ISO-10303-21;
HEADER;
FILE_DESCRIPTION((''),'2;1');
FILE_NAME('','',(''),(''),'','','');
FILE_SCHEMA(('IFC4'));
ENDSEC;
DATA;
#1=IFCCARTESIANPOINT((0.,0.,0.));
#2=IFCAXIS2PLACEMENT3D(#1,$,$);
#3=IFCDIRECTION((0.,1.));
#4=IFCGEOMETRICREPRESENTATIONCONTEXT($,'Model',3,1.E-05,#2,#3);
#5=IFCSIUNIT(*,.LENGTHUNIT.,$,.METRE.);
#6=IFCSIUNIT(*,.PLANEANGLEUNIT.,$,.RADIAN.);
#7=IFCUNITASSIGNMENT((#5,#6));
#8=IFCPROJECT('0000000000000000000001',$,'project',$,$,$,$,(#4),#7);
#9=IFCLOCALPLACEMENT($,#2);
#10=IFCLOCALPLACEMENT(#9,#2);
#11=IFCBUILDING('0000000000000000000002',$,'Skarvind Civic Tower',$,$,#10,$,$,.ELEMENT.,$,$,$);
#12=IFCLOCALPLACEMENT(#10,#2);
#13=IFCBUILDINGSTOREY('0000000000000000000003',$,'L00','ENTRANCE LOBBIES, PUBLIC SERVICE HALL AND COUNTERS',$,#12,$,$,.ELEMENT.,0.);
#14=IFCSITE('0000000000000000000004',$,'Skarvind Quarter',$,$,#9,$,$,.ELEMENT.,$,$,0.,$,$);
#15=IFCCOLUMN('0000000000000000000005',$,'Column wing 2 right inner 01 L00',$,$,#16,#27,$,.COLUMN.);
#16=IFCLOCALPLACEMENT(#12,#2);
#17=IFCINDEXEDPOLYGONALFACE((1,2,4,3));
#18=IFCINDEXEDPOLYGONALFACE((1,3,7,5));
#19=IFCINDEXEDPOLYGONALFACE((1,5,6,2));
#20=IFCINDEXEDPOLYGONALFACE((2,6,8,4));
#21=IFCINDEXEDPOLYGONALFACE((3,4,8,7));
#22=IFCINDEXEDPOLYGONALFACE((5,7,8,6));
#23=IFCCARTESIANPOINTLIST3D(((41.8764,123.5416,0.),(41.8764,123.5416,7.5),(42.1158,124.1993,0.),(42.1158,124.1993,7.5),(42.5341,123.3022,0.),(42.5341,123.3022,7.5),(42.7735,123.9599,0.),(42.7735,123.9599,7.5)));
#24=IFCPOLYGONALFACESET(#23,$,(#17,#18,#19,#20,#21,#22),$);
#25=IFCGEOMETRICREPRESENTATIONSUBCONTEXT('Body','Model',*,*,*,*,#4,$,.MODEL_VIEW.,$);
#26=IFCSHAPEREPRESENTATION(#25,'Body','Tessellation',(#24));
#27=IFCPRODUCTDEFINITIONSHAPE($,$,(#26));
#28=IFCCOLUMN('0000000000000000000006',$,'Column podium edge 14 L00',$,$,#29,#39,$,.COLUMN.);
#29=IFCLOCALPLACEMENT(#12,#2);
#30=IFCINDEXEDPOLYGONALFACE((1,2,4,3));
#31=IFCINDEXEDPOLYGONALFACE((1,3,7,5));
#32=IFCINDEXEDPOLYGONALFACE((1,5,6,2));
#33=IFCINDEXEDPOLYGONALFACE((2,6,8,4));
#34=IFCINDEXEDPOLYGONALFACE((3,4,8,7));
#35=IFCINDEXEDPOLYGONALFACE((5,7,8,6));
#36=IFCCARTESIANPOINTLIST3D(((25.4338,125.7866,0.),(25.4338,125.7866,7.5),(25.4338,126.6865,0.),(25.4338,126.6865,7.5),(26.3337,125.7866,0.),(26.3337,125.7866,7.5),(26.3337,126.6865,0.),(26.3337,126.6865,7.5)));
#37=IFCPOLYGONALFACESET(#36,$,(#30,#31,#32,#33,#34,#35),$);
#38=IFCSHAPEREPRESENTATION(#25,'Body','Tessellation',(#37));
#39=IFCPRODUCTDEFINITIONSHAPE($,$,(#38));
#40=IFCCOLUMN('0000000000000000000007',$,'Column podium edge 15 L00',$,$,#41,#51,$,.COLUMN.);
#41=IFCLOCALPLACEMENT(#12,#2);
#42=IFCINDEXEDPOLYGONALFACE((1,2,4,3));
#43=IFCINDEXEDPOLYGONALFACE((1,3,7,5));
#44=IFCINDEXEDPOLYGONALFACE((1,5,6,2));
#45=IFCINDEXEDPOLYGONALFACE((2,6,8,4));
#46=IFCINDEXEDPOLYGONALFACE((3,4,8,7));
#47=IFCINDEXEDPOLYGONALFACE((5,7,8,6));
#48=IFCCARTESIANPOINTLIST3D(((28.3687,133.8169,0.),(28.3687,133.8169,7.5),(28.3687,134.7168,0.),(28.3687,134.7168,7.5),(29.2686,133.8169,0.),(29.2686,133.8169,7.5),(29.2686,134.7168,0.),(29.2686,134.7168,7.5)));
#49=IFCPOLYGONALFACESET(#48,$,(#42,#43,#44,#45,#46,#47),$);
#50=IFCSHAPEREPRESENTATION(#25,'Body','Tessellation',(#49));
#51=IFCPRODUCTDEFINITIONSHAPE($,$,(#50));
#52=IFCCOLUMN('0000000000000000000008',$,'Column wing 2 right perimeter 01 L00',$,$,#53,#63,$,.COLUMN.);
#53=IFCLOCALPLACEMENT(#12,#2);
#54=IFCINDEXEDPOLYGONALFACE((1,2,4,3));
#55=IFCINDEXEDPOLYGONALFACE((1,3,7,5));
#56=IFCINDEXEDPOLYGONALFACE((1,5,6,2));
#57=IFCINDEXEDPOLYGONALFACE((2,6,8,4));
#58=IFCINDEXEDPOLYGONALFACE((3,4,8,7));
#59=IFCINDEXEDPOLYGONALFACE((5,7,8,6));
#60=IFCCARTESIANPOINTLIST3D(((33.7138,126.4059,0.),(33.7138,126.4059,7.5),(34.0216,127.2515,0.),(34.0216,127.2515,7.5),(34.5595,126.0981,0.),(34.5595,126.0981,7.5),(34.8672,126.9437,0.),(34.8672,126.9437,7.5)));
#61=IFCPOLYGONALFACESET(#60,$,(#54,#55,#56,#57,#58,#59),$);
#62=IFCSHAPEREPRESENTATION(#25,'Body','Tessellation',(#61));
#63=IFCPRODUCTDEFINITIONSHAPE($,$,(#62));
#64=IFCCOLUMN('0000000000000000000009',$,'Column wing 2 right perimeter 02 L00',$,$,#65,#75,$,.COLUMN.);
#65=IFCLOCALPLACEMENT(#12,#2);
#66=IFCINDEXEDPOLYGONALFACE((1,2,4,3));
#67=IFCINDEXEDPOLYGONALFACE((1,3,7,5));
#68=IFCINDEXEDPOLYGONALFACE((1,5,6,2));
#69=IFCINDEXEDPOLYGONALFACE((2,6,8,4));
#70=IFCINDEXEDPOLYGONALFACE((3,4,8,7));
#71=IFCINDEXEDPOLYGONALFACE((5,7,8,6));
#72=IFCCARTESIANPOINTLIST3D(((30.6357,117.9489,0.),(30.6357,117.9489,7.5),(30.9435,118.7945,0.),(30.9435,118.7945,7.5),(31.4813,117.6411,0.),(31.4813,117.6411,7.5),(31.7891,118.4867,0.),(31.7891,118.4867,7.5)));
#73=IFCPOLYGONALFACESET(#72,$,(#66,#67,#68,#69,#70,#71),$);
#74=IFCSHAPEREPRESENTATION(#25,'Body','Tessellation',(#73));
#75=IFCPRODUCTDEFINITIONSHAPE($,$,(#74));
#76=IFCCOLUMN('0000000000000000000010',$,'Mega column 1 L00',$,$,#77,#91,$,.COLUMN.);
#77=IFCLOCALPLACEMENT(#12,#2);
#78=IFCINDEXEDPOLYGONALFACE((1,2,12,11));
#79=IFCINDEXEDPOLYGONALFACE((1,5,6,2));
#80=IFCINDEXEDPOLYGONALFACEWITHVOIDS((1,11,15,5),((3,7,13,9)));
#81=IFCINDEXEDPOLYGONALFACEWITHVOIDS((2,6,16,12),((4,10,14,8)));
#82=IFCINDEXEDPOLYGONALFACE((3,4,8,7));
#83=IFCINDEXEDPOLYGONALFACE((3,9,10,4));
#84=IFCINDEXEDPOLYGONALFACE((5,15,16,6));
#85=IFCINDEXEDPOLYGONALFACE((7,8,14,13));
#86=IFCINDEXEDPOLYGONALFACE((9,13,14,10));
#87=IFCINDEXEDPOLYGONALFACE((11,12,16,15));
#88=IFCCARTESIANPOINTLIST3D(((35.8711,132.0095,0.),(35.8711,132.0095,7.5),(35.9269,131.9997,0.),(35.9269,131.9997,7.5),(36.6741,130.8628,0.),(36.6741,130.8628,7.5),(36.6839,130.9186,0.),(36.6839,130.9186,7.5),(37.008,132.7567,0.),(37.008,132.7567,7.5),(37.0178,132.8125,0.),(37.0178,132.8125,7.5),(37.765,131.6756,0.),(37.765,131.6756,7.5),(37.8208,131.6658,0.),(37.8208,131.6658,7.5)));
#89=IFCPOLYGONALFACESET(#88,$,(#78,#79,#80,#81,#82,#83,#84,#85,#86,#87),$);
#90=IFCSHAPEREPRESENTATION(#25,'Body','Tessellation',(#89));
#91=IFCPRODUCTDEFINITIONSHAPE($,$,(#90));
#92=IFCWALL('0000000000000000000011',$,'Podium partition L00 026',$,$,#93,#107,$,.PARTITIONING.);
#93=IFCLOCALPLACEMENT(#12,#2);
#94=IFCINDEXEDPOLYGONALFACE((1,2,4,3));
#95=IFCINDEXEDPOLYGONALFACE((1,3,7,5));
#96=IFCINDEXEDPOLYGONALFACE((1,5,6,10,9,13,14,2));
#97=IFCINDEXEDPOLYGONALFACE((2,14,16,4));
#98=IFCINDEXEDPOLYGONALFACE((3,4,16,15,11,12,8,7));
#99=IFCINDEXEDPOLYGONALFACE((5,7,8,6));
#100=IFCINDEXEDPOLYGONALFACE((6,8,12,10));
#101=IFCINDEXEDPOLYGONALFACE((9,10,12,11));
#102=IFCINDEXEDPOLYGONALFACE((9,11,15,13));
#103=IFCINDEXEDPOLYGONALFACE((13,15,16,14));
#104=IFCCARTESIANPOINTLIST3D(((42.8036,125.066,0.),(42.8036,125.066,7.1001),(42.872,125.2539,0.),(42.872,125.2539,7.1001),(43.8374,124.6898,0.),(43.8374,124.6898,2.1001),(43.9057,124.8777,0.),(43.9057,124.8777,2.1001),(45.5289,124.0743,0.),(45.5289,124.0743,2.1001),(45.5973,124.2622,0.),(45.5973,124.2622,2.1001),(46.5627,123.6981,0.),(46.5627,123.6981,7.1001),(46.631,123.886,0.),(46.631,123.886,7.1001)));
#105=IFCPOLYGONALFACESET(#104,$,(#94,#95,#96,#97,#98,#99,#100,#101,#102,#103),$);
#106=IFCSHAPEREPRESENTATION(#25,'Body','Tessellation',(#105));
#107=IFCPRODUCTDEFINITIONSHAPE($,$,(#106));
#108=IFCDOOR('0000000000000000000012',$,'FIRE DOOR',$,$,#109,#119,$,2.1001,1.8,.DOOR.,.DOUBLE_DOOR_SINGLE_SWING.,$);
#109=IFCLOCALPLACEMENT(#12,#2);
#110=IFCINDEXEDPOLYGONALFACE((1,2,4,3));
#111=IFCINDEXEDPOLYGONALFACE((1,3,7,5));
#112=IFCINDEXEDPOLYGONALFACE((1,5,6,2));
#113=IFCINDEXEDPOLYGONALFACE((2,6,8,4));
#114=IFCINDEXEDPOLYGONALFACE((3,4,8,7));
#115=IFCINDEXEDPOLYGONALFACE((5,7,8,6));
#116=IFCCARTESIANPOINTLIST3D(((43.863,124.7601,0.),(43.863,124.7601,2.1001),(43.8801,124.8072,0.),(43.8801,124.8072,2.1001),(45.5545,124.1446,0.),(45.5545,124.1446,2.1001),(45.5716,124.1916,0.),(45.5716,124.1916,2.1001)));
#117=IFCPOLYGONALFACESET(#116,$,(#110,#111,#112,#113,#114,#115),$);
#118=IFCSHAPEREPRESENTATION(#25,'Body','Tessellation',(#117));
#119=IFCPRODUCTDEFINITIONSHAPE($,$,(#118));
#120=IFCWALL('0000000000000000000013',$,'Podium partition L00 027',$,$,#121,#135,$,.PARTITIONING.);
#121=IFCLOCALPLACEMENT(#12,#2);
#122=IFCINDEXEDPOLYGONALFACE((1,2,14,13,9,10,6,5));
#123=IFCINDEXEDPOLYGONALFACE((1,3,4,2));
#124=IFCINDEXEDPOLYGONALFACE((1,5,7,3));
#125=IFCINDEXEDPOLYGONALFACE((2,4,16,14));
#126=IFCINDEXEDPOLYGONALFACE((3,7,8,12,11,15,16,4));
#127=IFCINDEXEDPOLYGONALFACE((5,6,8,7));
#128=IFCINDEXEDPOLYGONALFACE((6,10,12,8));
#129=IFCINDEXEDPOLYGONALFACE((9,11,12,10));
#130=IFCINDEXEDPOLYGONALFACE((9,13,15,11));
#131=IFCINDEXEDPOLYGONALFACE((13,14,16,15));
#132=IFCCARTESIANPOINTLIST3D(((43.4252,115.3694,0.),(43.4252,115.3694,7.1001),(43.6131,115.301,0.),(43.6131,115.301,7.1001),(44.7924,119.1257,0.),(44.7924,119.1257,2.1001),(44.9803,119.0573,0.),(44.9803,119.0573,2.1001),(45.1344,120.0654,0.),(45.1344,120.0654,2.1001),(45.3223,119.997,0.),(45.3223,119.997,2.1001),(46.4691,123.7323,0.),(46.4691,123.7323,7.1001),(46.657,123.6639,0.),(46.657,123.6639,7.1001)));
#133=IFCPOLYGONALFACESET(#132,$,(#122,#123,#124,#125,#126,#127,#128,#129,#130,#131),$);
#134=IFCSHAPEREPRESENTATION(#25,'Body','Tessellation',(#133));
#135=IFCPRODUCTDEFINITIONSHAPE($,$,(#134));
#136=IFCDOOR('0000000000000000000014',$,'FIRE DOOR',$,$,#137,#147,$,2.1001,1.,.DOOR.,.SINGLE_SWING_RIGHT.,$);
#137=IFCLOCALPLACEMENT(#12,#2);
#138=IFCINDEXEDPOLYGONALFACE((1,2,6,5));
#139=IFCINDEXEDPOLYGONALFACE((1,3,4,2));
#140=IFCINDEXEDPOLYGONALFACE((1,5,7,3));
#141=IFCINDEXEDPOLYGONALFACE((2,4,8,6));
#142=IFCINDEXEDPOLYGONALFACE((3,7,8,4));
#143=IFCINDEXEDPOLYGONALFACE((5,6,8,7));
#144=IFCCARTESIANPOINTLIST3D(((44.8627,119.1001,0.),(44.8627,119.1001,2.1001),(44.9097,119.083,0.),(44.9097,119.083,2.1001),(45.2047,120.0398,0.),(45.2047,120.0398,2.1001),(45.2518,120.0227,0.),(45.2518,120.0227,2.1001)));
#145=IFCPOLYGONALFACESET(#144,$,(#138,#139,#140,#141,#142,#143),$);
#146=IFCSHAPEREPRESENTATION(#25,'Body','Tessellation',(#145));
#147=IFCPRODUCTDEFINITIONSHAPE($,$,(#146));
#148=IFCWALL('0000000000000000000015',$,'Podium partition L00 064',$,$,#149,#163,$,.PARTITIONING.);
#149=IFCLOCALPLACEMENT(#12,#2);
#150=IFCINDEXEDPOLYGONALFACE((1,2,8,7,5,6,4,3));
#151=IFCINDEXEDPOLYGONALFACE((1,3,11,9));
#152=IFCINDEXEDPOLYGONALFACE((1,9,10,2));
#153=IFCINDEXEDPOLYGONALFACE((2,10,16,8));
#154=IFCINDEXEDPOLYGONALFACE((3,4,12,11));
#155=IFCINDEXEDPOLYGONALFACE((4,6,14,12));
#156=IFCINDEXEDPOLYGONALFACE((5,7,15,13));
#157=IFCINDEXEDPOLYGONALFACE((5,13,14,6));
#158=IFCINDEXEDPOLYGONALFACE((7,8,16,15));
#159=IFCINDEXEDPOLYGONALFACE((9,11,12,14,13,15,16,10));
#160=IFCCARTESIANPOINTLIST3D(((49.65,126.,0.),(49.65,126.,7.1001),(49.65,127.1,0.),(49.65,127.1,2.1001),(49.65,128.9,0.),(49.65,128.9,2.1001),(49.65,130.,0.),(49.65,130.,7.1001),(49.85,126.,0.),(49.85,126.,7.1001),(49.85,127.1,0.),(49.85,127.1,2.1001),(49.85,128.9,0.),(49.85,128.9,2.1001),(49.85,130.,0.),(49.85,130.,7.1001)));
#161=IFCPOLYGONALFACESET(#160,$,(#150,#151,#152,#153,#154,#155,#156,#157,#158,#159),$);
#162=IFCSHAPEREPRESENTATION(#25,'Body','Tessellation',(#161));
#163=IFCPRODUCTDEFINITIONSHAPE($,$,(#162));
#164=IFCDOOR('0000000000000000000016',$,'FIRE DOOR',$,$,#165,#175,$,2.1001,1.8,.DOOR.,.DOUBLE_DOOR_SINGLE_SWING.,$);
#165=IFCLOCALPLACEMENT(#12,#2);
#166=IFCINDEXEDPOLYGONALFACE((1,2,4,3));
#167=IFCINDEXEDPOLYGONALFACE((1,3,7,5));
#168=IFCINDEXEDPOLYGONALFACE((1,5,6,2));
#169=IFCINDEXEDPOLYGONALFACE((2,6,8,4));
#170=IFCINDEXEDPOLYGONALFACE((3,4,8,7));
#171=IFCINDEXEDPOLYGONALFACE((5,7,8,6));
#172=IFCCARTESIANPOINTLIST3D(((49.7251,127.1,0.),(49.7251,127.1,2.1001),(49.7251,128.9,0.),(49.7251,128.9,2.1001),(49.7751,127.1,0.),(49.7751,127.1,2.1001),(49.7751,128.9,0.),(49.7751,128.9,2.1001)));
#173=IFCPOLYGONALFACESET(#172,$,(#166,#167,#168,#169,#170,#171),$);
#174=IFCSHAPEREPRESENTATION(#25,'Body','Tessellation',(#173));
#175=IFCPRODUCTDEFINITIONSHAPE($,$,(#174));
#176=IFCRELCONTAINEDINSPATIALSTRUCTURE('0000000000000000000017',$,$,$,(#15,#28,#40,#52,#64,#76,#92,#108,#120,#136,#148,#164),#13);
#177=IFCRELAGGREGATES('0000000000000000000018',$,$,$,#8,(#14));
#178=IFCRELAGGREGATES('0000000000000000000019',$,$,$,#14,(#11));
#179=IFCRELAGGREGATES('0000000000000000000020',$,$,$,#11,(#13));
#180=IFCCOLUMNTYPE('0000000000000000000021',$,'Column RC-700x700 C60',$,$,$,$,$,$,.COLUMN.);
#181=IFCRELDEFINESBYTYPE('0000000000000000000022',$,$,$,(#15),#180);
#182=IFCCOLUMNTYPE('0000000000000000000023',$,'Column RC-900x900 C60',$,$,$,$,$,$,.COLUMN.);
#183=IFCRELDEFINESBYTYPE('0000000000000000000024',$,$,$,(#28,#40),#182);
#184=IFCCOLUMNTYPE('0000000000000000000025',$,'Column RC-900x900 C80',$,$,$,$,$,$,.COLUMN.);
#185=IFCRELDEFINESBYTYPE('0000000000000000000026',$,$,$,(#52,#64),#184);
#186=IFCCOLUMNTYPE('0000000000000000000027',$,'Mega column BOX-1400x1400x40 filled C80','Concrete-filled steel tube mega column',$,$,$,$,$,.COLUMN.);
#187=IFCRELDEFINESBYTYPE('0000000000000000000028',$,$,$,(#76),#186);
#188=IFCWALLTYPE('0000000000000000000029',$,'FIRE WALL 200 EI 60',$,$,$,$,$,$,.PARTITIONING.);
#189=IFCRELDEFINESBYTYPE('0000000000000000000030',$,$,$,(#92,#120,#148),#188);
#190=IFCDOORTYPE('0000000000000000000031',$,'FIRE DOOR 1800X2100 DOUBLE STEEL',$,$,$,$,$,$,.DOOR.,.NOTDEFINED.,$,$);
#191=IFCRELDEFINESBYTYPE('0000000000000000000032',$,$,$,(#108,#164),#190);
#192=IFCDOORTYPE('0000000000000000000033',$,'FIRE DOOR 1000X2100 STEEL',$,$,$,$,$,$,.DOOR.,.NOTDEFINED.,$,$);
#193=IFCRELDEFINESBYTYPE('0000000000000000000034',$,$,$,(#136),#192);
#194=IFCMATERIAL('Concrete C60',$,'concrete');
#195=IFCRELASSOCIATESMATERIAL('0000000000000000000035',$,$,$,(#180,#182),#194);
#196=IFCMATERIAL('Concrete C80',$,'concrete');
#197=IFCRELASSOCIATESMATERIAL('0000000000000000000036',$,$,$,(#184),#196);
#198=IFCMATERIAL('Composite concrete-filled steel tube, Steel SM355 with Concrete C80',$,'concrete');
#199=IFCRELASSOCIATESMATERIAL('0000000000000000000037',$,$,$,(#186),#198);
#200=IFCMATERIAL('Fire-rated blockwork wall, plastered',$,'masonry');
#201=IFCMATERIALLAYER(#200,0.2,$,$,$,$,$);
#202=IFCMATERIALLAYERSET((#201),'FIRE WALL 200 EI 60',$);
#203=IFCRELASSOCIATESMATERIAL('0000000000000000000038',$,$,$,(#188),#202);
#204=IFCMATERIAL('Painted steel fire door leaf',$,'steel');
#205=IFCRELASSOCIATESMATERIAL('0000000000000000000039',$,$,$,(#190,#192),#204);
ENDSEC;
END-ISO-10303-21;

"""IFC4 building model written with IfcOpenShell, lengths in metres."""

from ifc_helpers import new_model, si_unit, direction, frame, frame_2d, origin, origin_2d, place, context, subcontext, project, spatial, rectangle, hollow_rectangle, extrude, material, layer, layer_set, material_profile, profile_set, type_object, element, fill, save


model = new_model("IFC4")

# Units and contexts
model_context = context("Model", 3, precision=1e-05, world=origin(), true_north=direction((0.0, 1.0)))
body_context = subcontext(model_context, "Body", "Model", "MODEL_VIEW")
ifc_project = project(units=[si_unit("LENGTHUNIT", "METRE"), si_unit("PLANEANGLEUNIT", "RADIAN")], contexts=[model_context])

# Site, building, storey
site_placement = place(None, origin())
site = spatial("IfcSite", under=ifc_project, at=site_placement, Name="Skarvind Quarter", CompositionType="ELEMENT", RefElevation=0.0)
building_placement = place(site_placement, origin())
building = spatial("IfcBuilding", under=site, at=building_placement, Name="Skarvind Civic Tower", CompositionType="ELEMENT")
storey_placement = place(building_placement, origin())
storey = spatial("IfcBuildingStorey", under=building, at=storey_placement, Name="L00", Description="ENTRANCE LOBBIES, PUBLIC SERVICE HALL AND COUNTERS", CompositionType="ELEMENT", Elevation=0.0)

# Columns
ifc_material_1 = material(Name="Concrete C60", Category="concrete")
ifc_material_profile_1 = material_profile(ifc_material_1, rectangle(XDim=0.7, YDim=0.7, at=origin_2d()), Name="RC-700x700")
ifc_profile_set_1 = profile_set([ifc_material_profile_1], Name="Concrete C60")
column_type_1 = type_object("IfcColumnType", Name="Column RC-700x700 C60", PredefinedType="COLUMN", material=ifc_profile_set_1)
column_1_placement = place(storey_placement, frame((42.325, 123.7507, 0.0), z_axis=(0.0, 0.0, 1.0), x_axis=(-0.34202, -0.939693, 0.0)))
element("IfcColumn", 1, at=column_1_placement, inside=storey, type_object=column_type_1, Name="Column wing 2 right inner 01 L00", PredefinedType="COLUMN", context=body_context, shape_type="SweptSolid", body=[
    extrude(rectangle(XDim=0.7, YDim=0.7, at=origin_2d()), origin(), (0.0, 0.0, 1.0), 7.5),
])
ifc_material_profile_2 = material_profile(ifc_material_1, rectangle(XDim=0.8999, YDim=0.8999, at=origin_2d()), Name="RC-900x900")
ifc_profile_set_2 = profile_set([ifc_material_profile_2], Name="Concrete C60")
column_type_2 = type_object("IfcColumnType", Name="Column RC-900x900 C60", PredefinedType="COLUMN", material=ifc_profile_set_2)
for number, where, z_axis, x_axis, name in (
    (2, (25.8838, 126.2366, 0.0), (0.0, 0.0, 1.0), (1.0, 0.0, 0.0), "Column podium edge 14 L00"),
    (3, (28.8186, 134.2668, 0.0), (0.0, 0.0, 1.0), (1.0, 0.0, 0.0), "Column podium edge 15 L00"),
):
    element("IfcColumn", number, at=place(storey_placement, frame(where, z_axis=z_axis, x_axis=x_axis)), inside=storey, type_object=column_type_2, Name=name, PredefinedType="COLUMN", context=body_context, shape_type="SweptSolid", body=[
        extrude(rectangle(XDim=0.8999, YDim=0.8999, at=origin_2d()), origin(), (0.0, 0.0, 1.0), 7.5),
    ])
ifc_material_2 = material(Name="Concrete C80", Category="concrete")
ifc_material_profile_3 = material_profile(ifc_material_2, rectangle(XDim=0.8999, YDim=0.8999, at=origin_2d()), Name="RC-900x900")
ifc_profile_set_3 = profile_set([ifc_material_profile_3], Name="Concrete C80")
column_type_3 = type_object("IfcColumnType", Name="Column RC-900x900 C80", PredefinedType="COLUMN", material=ifc_profile_set_3)
for number, where, z_axis, x_axis, name in (
    (4, (34.2905, 126.6748, 0.0), (0.0, 0.0, 1.0), (-0.34202, -0.939693, 0.0), "Column wing 2 right perimeter 01 L00"),
    (5, (31.2124, 118.2178, 0.0), (0.0, 0.0, 1.0), (-0.34202, -0.939693, 0.0), "Column wing 2 right perimeter 02 L00"),
):
    element("IfcColumn", number, at=place(storey_placement, frame(where, z_axis=z_axis, x_axis=x_axis)), inside=storey, type_object=column_type_3, Name=name, PredefinedType="COLUMN", context=body_context, shape_type="SweptSolid", body=[
        extrude(rectangle(XDim=0.8999, YDim=0.8999, at=origin_2d()), origin(), (0.0, 0.0, 1.0), 7.5),
    ])
ifc_material_3 = material(Name="Composite concrete-filled steel tube, Steel SM355 with Concrete C80", Category="concrete")
ifc_material_profile_4 = material_profile(ifc_material_3, hollow_rectangle(XDim=1.3999, YDim=1.3999, WallThickness=0.04, at=origin_2d()), Name="BOX-1400x1400x40")
ifc_profile_set_4 = profile_set([ifc_material_profile_4], Name="Composite concrete-filled steel tube, Steel SM355 with Concrete C80")
column_type_4 = type_object("IfcColumnType", Name="Mega column BOX-1400x1400x40 filled C80", Description="Concrete-filled steel tube mega column", PredefinedType="COLUMN", material=ifc_profile_set_4)
column_2_placement = place(storey_placement, frame((36.8459, 131.8376, 0.0), z_axis=(0.0, 0.0, 1.0), x_axis=(0.573576, -0.819152, 0.0)))
element("IfcColumn", 6, at=column_2_placement, inside=storey, type_object=column_type_4, Name="Mega column 1 L00", PredefinedType="COLUMN", context=body_context, shape_type="SweptSolid", body=[
    extrude(hollow_rectangle(XDim=1.3999, YDim=1.3999, WallThickness=0.04, at=origin_2d()), origin(), (0.0, 0.0, 1.0), 7.5),
])

# Walls, openings, doors
ifc_material_4 = material(Name="Fire-rated blockwork wall, plastered", Category="masonry")
ifc_layer_1 = layer(ifc_material_4, 0.2)
ifc_layer_set_1 = layer_set([ifc_layer_1], Name="FIRE WALL 200 EI 60")
wall_type_1 = type_object("IfcWallType", Name="FIRE WALL 200 EI 60", PredefinedType="PARTITIONING", material=ifc_layer_set_1)
wall_1_placement = place(storey_placement, frame((42.8379, 125.1599, 0.0), z_axis=(0.0, 0.0, 1.0), x_axis=(0.939713, -0.341964, 0.0)))
wall_1 = element("IfcWall", 7, at=wall_1_placement, inside=storey, type_object=wall_type_1, Name="Podium partition L00 026", PredefinedType="PARTITIONING", context=body_context, shape_type="SweptSolid", body=[
    extrude(rectangle(XDim=4.0002, YDim=0.2, at=frame_2d((2.0, 0.0))), origin(), (0.0, 0.0, 1.0), 7.1001),
])
opening_1_placement = place(wall_1_placement, frame((1.1001, 0.0, 0.0)))
opening_1 = element("IfcOpeningElement", 8, at=opening_1_placement, cuts=wall_1, PredefinedType="OPENING", context=body_context, shape_type="SweptSolid", body=[
    extrude(rectangle(XDim=1.8, YDim=2.1001, at=frame_2d((0.8999, 1.05))), frame((0.0, 0.1099, 0.0), z_axis=(0.0, -1.0, 0.0), x_axis=(1.0, 0.0, 0.0)), (0.0, 0.0, 1.0), 0.22),
])
ifc_material_5 = material(Name="Painted steel fire door leaf", Category="steel")
door_type_1 = type_object("IfcDoorType", Name="FIRE DOOR 1800X2100 DOUBLE STEEL", OperationType="NOTDEFINED", PredefinedType="DOOR", material=ifc_material_5)
door_1_placement = place(opening_1_placement, origin())
door_1 = element("IfcDoor", 9, at=door_1_placement, inside=storey, type_object=door_type_1, Name="FIRE DOOR", OperationType="DOUBLE_DOOR_SINGLE_SWING", OverallHeight=2.1001, OverallWidth=1.8, PredefinedType="DOOR", context=body_context, shape_type="SweptSolid", body=[
    extrude(rectangle(XDim=1.8, YDim=2.1001, at=frame_2d((0.8999, 1.05))), frame((0.0, 0.0249, 0.0), z_axis=(0.0, -1.0, 0.0), x_axis=(1.0, 0.0, 0.0)), (0.0, 0.0, 1.0), 0.05),
])
fill(opening_1, door_1)
wall_2_placement = place(storey_placement, frame((46.563, 123.698, 0.0), z_axis=(0.0, 0.0, 1.0), x_axis=(-0.342025, -0.939691, 0.0)))
wall_2 = element("IfcWall", 10, at=wall_2_placement, inside=storey, type_object=wall_type_1, Name="Podium partition L00 027", PredefinedType="PARTITIONING", context=body_context, shape_type="SweptSolid", body=[
    extrude(rectangle(XDim=8.8997, YDim=0.2, at=frame_2d((4.4497, 0.0))), origin(), (0.0, 0.0, 1.0), 7.1001),
])
opening_2_placement = place(wall_2_placement, frame((3.9021, 0.0, 0.0)))
opening_2 = element("IfcOpeningElement", 11, at=opening_2_placement, cuts=wall_2, PredefinedType="OPENING", context=body_context, shape_type="SweptSolid", body=[
    extrude(rectangle(XDim=1.0, YDim=2.1001, at=frame_2d((0.5, 1.05))), frame((0.0, 0.1099, 0.0), z_axis=(0.0, -1.0, 0.0), x_axis=(1.0, 0.0, 0.0)), (0.0, 0.0, 1.0), 0.22),
])
door_type_2 = type_object("IfcDoorType", Name="FIRE DOOR 1000X2100 STEEL", OperationType="NOTDEFINED", PredefinedType="DOOR", material=ifc_material_5)
door_2_placement = place(opening_2_placement, origin())
door_2 = element("IfcDoor", 12, at=door_2_placement, inside=storey, type_object=door_type_2, Name="FIRE DOOR", OperationType="SINGLE_SWING_RIGHT", OverallHeight=2.1001, OverallWidth=1.0, PredefinedType="DOOR", context=body_context, shape_type="SweptSolid", body=[
    extrude(rectangle(XDim=1.0, YDim=2.1001, at=frame_2d((0.5, 1.05))), frame((0.0, 0.0249, 0.0), z_axis=(0.0, -1.0, 0.0), x_axis=(1.0, 0.0, 0.0)), (0.0, 0.0, 1.0), 0.05),
])
fill(opening_2, door_2)
wall_3_placement = place(storey_placement, frame((49.75, 126.0, 0.0), z_axis=(0.0, 0.0, 1.0), x_axis=(0.0, 1.0, 0.0)))
wall_3 = element("IfcWall", 13, at=wall_3_placement, inside=storey, type_object=wall_type_1, Name="Podium partition L00 064", PredefinedType="PARTITIONING", context=body_context, shape_type="SweptSolid", body=[
    extrude(rectangle(XDim=4.0, YDim=0.2, at=frame_2d((2.0, 0.0))), origin(), (0.0, 0.0, 1.0), 7.1001),
])
opening_3_placement = place(wall_3_placement, frame((1.1001, 0.0, 0.0)))
opening_3 = element("IfcOpeningElement", 14, at=opening_3_placement, cuts=wall_3, PredefinedType="OPENING", context=body_context, shape_type="SweptSolid", body=[
    extrude(rectangle(XDim=1.8, YDim=2.1001, at=frame_2d((0.8999, 1.05))), frame((0.0, 0.1099, 0.0), z_axis=(0.0, -1.0, 0.0), x_axis=(1.0, 0.0, 0.0)), (0.0, 0.0, 1.0), 0.22),
])
door_3_placement = place(opening_3_placement, origin())
door_3 = element("IfcDoor", 15, at=door_3_placement, inside=storey, type_object=door_type_1, Name="FIRE DOOR", OperationType="DOUBLE_DOOR_SINGLE_SWING", OverallHeight=2.1001, OverallWidth=1.8, PredefinedType="DOOR", context=body_context, shape_type="SweptSolid", body=[
    extrude(rectangle(XDim=1.8, YDim=2.1001, at=frame_2d((0.8999, 1.05))), frame((0.0, 0.0249, 0.0), z_axis=(0.0, -1.0, 0.0), x_axis=(1.0, 0.0, 0.0)), (0.0, 0.0, 1.0), 0.05),
])
fill(opening_3, door_3)

save(model, "model.ifc")
